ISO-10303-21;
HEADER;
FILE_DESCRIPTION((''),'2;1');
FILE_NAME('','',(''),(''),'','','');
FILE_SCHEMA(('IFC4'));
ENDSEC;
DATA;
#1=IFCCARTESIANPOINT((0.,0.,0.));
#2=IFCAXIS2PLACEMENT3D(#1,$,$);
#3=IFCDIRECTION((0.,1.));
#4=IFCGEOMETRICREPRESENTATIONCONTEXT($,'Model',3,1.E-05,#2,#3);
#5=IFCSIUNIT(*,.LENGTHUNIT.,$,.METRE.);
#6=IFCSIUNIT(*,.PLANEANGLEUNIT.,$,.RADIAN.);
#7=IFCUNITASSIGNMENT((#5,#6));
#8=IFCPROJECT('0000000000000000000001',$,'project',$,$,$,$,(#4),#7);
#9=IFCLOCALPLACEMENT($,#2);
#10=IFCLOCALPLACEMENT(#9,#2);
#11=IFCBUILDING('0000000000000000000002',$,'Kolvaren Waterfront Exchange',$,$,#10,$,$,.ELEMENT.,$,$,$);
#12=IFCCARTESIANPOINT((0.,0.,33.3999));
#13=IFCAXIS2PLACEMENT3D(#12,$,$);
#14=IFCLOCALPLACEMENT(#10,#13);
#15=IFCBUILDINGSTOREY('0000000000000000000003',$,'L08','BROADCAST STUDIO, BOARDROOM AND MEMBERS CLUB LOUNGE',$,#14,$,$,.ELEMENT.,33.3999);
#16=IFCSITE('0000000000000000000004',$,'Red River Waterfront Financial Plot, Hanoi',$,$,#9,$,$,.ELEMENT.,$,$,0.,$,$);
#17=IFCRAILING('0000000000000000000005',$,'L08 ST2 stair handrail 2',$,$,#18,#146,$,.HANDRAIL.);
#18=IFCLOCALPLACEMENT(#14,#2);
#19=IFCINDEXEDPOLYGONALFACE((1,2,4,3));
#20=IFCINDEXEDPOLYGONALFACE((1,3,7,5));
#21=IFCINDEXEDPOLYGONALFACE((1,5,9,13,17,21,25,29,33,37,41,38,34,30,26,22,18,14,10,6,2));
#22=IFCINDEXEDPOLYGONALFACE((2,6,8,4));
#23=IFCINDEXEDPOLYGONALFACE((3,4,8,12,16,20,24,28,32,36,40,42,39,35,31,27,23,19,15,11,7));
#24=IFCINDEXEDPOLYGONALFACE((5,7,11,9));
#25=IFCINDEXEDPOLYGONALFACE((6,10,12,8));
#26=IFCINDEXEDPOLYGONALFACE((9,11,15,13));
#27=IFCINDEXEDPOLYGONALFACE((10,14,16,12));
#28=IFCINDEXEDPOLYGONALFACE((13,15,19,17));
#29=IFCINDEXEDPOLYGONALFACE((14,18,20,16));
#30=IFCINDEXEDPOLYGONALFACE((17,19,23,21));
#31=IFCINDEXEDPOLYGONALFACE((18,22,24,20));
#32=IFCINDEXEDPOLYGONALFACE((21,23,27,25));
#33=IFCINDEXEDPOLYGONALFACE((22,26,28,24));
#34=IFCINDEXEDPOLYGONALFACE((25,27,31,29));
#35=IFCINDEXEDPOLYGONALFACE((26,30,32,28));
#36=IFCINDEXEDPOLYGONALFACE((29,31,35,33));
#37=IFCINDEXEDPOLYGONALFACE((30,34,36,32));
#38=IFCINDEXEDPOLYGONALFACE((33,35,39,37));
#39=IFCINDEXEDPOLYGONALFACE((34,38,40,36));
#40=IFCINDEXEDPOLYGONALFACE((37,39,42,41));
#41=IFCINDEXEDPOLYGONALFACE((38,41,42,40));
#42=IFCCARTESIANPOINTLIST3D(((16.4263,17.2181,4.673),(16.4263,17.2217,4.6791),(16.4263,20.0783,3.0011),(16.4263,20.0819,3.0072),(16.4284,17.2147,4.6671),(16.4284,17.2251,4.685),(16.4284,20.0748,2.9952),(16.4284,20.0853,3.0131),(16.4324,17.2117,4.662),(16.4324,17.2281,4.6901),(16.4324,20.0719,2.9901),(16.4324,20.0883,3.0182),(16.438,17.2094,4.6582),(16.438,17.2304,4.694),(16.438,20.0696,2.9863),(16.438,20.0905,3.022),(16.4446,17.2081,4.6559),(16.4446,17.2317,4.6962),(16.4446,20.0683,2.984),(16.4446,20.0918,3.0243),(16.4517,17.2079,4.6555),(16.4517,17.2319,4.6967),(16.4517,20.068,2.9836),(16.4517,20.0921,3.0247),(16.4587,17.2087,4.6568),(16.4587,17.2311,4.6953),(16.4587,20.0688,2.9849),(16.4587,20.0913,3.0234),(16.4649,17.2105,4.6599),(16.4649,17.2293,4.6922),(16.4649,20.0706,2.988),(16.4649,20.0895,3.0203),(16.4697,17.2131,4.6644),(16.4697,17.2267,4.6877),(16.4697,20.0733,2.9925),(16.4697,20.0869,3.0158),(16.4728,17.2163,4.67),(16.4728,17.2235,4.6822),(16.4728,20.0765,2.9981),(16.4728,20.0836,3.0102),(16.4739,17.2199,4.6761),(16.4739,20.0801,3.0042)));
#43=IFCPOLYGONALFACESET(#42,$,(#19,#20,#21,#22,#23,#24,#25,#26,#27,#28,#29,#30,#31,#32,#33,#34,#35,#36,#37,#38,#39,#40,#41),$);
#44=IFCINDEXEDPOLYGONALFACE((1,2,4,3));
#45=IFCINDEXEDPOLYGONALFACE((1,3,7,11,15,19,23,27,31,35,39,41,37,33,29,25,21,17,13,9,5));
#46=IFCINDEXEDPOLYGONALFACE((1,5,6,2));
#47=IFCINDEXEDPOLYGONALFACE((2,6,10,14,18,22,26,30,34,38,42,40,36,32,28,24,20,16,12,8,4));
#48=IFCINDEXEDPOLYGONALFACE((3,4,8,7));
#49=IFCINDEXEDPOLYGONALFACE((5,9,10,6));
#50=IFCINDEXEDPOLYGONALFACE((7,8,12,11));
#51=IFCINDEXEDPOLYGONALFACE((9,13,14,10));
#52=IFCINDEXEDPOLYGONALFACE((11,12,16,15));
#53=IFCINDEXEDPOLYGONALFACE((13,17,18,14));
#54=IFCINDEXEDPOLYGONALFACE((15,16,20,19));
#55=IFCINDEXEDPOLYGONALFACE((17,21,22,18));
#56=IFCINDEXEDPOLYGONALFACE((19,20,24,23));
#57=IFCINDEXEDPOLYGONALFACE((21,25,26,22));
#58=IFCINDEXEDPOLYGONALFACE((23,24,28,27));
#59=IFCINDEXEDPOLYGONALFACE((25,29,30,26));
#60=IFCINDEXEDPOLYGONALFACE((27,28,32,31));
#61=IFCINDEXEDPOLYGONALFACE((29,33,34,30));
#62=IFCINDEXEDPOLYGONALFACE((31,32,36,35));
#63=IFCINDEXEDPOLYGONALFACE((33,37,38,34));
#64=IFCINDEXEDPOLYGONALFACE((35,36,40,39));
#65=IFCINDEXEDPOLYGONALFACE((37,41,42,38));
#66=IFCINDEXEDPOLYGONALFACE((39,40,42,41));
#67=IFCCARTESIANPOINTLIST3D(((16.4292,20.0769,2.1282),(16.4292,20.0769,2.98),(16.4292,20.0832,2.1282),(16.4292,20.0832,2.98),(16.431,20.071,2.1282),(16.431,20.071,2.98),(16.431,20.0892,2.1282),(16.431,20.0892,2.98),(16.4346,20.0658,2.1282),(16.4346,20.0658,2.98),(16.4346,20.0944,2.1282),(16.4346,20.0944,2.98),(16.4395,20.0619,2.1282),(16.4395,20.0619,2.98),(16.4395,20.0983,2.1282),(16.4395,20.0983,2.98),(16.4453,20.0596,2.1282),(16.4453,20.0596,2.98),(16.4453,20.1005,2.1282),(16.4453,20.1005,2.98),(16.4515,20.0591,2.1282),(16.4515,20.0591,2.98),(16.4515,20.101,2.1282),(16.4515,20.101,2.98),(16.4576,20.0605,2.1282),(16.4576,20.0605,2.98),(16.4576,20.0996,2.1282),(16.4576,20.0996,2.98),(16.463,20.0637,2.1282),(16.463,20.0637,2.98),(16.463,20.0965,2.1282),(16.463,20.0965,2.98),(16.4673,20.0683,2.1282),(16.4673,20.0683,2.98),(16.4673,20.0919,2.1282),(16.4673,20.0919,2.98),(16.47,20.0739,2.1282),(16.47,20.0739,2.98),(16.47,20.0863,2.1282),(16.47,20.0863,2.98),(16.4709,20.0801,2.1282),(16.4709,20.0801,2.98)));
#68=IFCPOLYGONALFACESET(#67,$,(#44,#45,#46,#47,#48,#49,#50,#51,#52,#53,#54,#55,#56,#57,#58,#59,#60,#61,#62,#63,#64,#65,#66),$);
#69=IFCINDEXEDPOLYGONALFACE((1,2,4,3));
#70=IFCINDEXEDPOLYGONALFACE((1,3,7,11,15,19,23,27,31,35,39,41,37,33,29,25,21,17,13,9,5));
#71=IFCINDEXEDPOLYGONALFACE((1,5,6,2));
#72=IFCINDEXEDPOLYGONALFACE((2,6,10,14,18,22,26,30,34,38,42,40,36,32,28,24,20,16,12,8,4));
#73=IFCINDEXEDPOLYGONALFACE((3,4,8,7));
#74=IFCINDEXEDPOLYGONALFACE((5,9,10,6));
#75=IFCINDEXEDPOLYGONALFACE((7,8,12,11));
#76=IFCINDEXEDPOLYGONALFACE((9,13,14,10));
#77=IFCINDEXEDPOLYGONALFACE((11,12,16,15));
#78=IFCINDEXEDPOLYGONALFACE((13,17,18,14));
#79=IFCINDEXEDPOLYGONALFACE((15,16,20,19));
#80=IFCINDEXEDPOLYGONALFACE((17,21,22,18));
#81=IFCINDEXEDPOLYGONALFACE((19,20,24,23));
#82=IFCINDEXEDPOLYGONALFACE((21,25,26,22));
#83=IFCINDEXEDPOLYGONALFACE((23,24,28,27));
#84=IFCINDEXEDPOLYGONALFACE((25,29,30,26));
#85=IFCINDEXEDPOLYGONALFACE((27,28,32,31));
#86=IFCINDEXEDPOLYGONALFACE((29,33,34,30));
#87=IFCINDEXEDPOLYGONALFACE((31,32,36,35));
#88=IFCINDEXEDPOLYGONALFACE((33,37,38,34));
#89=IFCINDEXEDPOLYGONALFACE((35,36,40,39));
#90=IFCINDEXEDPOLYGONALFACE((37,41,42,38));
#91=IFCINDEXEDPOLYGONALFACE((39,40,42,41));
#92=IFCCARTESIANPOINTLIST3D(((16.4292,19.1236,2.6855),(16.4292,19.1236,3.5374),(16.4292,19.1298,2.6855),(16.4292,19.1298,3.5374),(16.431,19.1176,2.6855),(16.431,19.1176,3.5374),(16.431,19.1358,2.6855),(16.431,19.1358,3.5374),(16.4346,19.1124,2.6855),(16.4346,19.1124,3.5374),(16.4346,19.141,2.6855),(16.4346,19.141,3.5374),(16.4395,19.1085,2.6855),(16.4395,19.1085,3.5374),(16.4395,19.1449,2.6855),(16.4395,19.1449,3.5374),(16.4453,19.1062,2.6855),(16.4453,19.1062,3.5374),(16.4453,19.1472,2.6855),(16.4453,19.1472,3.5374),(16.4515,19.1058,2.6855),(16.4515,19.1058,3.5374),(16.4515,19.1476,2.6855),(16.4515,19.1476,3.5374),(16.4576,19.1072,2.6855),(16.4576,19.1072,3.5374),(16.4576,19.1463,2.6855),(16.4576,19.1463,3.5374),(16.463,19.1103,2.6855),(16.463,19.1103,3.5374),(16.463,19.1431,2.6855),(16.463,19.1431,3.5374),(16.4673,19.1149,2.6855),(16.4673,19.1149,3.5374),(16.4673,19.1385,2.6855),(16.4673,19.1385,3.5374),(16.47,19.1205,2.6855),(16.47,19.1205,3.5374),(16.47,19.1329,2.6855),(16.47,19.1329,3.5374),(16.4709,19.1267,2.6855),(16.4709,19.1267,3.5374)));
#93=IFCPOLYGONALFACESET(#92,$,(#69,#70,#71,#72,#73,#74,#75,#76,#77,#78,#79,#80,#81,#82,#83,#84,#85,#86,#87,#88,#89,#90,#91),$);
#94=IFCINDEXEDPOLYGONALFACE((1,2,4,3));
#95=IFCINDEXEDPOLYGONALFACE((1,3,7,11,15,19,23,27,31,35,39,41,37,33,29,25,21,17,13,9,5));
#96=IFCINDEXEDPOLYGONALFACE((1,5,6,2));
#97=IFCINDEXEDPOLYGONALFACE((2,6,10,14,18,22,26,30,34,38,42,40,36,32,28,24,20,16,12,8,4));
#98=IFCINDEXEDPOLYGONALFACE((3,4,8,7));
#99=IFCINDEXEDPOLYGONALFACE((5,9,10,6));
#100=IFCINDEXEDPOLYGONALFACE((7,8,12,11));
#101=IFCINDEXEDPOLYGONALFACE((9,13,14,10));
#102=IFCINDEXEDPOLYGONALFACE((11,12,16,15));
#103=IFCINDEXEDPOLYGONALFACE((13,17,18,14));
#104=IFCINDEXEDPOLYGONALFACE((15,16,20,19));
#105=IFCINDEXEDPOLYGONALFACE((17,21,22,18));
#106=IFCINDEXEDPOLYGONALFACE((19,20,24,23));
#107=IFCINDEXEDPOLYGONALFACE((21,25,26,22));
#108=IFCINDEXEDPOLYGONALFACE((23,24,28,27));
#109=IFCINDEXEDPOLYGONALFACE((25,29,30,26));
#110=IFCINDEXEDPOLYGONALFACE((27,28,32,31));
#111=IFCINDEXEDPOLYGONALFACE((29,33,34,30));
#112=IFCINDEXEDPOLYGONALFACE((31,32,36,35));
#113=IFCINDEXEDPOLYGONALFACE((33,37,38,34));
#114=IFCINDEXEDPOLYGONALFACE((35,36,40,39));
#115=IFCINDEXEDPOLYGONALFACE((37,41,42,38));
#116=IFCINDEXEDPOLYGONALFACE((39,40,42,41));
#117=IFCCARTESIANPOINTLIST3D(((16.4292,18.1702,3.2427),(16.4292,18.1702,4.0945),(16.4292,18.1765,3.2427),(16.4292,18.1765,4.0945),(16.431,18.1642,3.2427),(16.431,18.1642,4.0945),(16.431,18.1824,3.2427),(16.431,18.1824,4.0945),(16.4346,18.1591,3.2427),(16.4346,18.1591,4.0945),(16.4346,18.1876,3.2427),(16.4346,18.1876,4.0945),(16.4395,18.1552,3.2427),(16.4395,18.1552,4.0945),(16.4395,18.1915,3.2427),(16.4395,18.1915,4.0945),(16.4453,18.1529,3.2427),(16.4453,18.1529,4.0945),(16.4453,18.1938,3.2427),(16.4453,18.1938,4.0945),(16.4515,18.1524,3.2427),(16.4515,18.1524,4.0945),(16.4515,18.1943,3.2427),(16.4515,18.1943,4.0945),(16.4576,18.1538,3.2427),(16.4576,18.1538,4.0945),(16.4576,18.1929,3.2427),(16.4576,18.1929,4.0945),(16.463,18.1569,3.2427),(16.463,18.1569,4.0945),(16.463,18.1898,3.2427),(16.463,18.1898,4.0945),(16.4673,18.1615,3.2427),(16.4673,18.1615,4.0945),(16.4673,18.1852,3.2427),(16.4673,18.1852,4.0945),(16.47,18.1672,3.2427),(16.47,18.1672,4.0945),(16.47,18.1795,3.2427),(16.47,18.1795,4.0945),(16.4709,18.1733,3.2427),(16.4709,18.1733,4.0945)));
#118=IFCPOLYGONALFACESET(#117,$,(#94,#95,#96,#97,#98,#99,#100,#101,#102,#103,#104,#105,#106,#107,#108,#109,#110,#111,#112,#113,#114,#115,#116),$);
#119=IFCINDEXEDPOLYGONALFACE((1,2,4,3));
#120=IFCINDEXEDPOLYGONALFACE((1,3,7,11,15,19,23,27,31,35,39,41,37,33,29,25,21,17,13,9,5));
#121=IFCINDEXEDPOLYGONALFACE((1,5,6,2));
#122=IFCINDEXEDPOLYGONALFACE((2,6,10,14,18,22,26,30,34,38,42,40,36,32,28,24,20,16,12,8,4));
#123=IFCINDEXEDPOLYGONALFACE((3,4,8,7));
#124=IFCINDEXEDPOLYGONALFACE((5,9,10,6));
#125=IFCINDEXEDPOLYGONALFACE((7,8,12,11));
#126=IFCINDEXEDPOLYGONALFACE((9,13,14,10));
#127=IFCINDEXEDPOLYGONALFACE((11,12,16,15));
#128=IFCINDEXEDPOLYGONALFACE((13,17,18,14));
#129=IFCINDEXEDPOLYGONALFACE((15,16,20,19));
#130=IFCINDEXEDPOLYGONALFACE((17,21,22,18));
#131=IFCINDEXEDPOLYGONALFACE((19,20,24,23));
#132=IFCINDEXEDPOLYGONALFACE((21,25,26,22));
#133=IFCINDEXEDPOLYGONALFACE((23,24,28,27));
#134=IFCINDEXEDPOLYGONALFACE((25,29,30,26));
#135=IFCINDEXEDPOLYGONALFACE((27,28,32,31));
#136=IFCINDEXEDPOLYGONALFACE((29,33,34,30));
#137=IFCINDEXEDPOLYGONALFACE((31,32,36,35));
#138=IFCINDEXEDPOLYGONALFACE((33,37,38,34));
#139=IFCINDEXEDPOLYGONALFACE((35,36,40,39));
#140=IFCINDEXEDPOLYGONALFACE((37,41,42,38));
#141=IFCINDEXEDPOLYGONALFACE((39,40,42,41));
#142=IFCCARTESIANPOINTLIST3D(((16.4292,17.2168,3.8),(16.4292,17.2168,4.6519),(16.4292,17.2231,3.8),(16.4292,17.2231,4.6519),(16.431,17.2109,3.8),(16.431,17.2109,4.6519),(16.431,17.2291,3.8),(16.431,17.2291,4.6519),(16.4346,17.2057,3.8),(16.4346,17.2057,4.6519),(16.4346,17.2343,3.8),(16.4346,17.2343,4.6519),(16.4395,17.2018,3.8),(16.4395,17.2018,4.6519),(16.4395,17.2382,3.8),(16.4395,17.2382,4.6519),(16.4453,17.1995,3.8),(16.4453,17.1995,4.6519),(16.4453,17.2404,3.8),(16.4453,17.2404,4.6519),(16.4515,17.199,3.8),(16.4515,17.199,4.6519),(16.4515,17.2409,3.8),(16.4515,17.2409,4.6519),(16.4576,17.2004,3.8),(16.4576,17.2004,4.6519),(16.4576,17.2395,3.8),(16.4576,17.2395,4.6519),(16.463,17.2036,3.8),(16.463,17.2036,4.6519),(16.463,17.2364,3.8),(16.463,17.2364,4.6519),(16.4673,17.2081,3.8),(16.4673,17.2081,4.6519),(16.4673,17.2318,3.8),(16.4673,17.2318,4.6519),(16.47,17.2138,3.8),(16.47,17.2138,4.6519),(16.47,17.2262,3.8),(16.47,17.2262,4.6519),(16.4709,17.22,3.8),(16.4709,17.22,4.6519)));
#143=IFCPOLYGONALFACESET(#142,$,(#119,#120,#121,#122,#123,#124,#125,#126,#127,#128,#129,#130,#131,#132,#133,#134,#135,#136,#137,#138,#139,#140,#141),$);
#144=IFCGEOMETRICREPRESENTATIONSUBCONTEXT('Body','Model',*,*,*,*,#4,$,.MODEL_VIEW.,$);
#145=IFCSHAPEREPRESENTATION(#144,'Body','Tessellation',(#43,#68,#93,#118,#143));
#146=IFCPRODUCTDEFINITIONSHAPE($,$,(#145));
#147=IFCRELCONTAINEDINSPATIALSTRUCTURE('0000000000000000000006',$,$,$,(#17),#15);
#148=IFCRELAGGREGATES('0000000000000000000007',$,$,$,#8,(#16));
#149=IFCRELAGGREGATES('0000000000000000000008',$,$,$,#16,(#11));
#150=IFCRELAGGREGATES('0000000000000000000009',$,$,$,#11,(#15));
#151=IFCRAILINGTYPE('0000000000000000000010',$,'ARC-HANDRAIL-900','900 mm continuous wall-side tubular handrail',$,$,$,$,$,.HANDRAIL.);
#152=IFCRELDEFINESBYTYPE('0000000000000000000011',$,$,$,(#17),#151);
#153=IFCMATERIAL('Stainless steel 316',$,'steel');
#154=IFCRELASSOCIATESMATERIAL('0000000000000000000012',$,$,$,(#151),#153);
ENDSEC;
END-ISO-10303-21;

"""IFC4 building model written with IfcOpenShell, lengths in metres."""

from ifc_helpers import new_model, si_unit, direction, frame, origin, origin_2d, place, context, subcontext, project, spatial, circle, extrude, material, type_object, element, save


model = new_model("IFC4")

# Units and contexts
model_context = context("Model", 3, precision=1e-05, world=origin(), true_north=direction((0.0, 1.0)))
body_context = subcontext(model_context, "Body", "Model", "MODEL_VIEW")
ifc_project = project(units=[si_unit("LENGTHUNIT", "METRE"), si_unit("PLANEANGLEUNIT", "RADIAN")], contexts=[model_context])

# Site, building, storey
site_placement = place(None, origin())
site = spatial("IfcSite", under=ifc_project, at=site_placement, Name="Red River Waterfront Financial Plot, Hanoi", CompositionType="ELEMENT", RefElevation=0.0)
building_placement = place(site_placement, origin())
building = spatial("IfcBuilding", under=site, at=building_placement, Name="Kolvaren Waterfront Exchange", CompositionType="ELEMENT")
storey_placement = place(building_placement, frame((0.0, 0.0, 33.3999)))
storey = spatial("IfcBuildingStorey", under=building, at=storey_placement, Name="L08", Description="BROADCAST STUDIO, BOARDROOM AND MEMBERS CLUB LOUNGE", CompositionType="ELEMENT", Elevation=33.3999)

# Railing
ifc_material_1 = material(Name="Stainless steel 316", Category="steel")
railing_type_1 = type_object("IfcRailingType", Name="ARC-HANDRAIL-900", Description="900 mm continuous wall-side tubular handrail", PredefinedType="HANDRAIL", material=ifc_material_1)
railing_1_placement = place(storey_placement, frame((16.45, 20.0801, 2.1282)))
element("IfcRailing", 1, at=railing_1_placement, inside=storey, type_object=railing_type_1, Name="L08 ST2 stair handrail 2", PredefinedType="HANDRAIL", context=body_context, shape_type="SweptSolid", body=[
    extrude(circle(Radius=0.0239, at=origin_2d()), frame((0.0, 0.0, 0.876), z_axis=(0.0, -0.863321, 0.504654), x_axis=(1.0, 0.0, 0.0)), (0.0, 0.0, 1.0), 3.313),
    extrude(circle(Radius=0.021, at=origin_2d()), origin(), (0.0, 0.0, 1.0), 0.8518),
    extrude(circle(Radius=0.021, at=origin_2d()), frame((0.0, -0.9534, 0.5574)), (0.0, 0.0, 1.0), 0.8518),
    extrude(circle(Radius=0.021, at=origin_2d()), frame((0.0, -1.9067, 1.1145)), (0.0, 0.0, 1.0), 0.8518),
    extrude(circle(Radius=0.021, at=origin_2d()), frame((0.0, -2.8601, 1.6719)), (0.0, 0.0, 1.0), 0.8518),
])

save(model, "model.ifc")
